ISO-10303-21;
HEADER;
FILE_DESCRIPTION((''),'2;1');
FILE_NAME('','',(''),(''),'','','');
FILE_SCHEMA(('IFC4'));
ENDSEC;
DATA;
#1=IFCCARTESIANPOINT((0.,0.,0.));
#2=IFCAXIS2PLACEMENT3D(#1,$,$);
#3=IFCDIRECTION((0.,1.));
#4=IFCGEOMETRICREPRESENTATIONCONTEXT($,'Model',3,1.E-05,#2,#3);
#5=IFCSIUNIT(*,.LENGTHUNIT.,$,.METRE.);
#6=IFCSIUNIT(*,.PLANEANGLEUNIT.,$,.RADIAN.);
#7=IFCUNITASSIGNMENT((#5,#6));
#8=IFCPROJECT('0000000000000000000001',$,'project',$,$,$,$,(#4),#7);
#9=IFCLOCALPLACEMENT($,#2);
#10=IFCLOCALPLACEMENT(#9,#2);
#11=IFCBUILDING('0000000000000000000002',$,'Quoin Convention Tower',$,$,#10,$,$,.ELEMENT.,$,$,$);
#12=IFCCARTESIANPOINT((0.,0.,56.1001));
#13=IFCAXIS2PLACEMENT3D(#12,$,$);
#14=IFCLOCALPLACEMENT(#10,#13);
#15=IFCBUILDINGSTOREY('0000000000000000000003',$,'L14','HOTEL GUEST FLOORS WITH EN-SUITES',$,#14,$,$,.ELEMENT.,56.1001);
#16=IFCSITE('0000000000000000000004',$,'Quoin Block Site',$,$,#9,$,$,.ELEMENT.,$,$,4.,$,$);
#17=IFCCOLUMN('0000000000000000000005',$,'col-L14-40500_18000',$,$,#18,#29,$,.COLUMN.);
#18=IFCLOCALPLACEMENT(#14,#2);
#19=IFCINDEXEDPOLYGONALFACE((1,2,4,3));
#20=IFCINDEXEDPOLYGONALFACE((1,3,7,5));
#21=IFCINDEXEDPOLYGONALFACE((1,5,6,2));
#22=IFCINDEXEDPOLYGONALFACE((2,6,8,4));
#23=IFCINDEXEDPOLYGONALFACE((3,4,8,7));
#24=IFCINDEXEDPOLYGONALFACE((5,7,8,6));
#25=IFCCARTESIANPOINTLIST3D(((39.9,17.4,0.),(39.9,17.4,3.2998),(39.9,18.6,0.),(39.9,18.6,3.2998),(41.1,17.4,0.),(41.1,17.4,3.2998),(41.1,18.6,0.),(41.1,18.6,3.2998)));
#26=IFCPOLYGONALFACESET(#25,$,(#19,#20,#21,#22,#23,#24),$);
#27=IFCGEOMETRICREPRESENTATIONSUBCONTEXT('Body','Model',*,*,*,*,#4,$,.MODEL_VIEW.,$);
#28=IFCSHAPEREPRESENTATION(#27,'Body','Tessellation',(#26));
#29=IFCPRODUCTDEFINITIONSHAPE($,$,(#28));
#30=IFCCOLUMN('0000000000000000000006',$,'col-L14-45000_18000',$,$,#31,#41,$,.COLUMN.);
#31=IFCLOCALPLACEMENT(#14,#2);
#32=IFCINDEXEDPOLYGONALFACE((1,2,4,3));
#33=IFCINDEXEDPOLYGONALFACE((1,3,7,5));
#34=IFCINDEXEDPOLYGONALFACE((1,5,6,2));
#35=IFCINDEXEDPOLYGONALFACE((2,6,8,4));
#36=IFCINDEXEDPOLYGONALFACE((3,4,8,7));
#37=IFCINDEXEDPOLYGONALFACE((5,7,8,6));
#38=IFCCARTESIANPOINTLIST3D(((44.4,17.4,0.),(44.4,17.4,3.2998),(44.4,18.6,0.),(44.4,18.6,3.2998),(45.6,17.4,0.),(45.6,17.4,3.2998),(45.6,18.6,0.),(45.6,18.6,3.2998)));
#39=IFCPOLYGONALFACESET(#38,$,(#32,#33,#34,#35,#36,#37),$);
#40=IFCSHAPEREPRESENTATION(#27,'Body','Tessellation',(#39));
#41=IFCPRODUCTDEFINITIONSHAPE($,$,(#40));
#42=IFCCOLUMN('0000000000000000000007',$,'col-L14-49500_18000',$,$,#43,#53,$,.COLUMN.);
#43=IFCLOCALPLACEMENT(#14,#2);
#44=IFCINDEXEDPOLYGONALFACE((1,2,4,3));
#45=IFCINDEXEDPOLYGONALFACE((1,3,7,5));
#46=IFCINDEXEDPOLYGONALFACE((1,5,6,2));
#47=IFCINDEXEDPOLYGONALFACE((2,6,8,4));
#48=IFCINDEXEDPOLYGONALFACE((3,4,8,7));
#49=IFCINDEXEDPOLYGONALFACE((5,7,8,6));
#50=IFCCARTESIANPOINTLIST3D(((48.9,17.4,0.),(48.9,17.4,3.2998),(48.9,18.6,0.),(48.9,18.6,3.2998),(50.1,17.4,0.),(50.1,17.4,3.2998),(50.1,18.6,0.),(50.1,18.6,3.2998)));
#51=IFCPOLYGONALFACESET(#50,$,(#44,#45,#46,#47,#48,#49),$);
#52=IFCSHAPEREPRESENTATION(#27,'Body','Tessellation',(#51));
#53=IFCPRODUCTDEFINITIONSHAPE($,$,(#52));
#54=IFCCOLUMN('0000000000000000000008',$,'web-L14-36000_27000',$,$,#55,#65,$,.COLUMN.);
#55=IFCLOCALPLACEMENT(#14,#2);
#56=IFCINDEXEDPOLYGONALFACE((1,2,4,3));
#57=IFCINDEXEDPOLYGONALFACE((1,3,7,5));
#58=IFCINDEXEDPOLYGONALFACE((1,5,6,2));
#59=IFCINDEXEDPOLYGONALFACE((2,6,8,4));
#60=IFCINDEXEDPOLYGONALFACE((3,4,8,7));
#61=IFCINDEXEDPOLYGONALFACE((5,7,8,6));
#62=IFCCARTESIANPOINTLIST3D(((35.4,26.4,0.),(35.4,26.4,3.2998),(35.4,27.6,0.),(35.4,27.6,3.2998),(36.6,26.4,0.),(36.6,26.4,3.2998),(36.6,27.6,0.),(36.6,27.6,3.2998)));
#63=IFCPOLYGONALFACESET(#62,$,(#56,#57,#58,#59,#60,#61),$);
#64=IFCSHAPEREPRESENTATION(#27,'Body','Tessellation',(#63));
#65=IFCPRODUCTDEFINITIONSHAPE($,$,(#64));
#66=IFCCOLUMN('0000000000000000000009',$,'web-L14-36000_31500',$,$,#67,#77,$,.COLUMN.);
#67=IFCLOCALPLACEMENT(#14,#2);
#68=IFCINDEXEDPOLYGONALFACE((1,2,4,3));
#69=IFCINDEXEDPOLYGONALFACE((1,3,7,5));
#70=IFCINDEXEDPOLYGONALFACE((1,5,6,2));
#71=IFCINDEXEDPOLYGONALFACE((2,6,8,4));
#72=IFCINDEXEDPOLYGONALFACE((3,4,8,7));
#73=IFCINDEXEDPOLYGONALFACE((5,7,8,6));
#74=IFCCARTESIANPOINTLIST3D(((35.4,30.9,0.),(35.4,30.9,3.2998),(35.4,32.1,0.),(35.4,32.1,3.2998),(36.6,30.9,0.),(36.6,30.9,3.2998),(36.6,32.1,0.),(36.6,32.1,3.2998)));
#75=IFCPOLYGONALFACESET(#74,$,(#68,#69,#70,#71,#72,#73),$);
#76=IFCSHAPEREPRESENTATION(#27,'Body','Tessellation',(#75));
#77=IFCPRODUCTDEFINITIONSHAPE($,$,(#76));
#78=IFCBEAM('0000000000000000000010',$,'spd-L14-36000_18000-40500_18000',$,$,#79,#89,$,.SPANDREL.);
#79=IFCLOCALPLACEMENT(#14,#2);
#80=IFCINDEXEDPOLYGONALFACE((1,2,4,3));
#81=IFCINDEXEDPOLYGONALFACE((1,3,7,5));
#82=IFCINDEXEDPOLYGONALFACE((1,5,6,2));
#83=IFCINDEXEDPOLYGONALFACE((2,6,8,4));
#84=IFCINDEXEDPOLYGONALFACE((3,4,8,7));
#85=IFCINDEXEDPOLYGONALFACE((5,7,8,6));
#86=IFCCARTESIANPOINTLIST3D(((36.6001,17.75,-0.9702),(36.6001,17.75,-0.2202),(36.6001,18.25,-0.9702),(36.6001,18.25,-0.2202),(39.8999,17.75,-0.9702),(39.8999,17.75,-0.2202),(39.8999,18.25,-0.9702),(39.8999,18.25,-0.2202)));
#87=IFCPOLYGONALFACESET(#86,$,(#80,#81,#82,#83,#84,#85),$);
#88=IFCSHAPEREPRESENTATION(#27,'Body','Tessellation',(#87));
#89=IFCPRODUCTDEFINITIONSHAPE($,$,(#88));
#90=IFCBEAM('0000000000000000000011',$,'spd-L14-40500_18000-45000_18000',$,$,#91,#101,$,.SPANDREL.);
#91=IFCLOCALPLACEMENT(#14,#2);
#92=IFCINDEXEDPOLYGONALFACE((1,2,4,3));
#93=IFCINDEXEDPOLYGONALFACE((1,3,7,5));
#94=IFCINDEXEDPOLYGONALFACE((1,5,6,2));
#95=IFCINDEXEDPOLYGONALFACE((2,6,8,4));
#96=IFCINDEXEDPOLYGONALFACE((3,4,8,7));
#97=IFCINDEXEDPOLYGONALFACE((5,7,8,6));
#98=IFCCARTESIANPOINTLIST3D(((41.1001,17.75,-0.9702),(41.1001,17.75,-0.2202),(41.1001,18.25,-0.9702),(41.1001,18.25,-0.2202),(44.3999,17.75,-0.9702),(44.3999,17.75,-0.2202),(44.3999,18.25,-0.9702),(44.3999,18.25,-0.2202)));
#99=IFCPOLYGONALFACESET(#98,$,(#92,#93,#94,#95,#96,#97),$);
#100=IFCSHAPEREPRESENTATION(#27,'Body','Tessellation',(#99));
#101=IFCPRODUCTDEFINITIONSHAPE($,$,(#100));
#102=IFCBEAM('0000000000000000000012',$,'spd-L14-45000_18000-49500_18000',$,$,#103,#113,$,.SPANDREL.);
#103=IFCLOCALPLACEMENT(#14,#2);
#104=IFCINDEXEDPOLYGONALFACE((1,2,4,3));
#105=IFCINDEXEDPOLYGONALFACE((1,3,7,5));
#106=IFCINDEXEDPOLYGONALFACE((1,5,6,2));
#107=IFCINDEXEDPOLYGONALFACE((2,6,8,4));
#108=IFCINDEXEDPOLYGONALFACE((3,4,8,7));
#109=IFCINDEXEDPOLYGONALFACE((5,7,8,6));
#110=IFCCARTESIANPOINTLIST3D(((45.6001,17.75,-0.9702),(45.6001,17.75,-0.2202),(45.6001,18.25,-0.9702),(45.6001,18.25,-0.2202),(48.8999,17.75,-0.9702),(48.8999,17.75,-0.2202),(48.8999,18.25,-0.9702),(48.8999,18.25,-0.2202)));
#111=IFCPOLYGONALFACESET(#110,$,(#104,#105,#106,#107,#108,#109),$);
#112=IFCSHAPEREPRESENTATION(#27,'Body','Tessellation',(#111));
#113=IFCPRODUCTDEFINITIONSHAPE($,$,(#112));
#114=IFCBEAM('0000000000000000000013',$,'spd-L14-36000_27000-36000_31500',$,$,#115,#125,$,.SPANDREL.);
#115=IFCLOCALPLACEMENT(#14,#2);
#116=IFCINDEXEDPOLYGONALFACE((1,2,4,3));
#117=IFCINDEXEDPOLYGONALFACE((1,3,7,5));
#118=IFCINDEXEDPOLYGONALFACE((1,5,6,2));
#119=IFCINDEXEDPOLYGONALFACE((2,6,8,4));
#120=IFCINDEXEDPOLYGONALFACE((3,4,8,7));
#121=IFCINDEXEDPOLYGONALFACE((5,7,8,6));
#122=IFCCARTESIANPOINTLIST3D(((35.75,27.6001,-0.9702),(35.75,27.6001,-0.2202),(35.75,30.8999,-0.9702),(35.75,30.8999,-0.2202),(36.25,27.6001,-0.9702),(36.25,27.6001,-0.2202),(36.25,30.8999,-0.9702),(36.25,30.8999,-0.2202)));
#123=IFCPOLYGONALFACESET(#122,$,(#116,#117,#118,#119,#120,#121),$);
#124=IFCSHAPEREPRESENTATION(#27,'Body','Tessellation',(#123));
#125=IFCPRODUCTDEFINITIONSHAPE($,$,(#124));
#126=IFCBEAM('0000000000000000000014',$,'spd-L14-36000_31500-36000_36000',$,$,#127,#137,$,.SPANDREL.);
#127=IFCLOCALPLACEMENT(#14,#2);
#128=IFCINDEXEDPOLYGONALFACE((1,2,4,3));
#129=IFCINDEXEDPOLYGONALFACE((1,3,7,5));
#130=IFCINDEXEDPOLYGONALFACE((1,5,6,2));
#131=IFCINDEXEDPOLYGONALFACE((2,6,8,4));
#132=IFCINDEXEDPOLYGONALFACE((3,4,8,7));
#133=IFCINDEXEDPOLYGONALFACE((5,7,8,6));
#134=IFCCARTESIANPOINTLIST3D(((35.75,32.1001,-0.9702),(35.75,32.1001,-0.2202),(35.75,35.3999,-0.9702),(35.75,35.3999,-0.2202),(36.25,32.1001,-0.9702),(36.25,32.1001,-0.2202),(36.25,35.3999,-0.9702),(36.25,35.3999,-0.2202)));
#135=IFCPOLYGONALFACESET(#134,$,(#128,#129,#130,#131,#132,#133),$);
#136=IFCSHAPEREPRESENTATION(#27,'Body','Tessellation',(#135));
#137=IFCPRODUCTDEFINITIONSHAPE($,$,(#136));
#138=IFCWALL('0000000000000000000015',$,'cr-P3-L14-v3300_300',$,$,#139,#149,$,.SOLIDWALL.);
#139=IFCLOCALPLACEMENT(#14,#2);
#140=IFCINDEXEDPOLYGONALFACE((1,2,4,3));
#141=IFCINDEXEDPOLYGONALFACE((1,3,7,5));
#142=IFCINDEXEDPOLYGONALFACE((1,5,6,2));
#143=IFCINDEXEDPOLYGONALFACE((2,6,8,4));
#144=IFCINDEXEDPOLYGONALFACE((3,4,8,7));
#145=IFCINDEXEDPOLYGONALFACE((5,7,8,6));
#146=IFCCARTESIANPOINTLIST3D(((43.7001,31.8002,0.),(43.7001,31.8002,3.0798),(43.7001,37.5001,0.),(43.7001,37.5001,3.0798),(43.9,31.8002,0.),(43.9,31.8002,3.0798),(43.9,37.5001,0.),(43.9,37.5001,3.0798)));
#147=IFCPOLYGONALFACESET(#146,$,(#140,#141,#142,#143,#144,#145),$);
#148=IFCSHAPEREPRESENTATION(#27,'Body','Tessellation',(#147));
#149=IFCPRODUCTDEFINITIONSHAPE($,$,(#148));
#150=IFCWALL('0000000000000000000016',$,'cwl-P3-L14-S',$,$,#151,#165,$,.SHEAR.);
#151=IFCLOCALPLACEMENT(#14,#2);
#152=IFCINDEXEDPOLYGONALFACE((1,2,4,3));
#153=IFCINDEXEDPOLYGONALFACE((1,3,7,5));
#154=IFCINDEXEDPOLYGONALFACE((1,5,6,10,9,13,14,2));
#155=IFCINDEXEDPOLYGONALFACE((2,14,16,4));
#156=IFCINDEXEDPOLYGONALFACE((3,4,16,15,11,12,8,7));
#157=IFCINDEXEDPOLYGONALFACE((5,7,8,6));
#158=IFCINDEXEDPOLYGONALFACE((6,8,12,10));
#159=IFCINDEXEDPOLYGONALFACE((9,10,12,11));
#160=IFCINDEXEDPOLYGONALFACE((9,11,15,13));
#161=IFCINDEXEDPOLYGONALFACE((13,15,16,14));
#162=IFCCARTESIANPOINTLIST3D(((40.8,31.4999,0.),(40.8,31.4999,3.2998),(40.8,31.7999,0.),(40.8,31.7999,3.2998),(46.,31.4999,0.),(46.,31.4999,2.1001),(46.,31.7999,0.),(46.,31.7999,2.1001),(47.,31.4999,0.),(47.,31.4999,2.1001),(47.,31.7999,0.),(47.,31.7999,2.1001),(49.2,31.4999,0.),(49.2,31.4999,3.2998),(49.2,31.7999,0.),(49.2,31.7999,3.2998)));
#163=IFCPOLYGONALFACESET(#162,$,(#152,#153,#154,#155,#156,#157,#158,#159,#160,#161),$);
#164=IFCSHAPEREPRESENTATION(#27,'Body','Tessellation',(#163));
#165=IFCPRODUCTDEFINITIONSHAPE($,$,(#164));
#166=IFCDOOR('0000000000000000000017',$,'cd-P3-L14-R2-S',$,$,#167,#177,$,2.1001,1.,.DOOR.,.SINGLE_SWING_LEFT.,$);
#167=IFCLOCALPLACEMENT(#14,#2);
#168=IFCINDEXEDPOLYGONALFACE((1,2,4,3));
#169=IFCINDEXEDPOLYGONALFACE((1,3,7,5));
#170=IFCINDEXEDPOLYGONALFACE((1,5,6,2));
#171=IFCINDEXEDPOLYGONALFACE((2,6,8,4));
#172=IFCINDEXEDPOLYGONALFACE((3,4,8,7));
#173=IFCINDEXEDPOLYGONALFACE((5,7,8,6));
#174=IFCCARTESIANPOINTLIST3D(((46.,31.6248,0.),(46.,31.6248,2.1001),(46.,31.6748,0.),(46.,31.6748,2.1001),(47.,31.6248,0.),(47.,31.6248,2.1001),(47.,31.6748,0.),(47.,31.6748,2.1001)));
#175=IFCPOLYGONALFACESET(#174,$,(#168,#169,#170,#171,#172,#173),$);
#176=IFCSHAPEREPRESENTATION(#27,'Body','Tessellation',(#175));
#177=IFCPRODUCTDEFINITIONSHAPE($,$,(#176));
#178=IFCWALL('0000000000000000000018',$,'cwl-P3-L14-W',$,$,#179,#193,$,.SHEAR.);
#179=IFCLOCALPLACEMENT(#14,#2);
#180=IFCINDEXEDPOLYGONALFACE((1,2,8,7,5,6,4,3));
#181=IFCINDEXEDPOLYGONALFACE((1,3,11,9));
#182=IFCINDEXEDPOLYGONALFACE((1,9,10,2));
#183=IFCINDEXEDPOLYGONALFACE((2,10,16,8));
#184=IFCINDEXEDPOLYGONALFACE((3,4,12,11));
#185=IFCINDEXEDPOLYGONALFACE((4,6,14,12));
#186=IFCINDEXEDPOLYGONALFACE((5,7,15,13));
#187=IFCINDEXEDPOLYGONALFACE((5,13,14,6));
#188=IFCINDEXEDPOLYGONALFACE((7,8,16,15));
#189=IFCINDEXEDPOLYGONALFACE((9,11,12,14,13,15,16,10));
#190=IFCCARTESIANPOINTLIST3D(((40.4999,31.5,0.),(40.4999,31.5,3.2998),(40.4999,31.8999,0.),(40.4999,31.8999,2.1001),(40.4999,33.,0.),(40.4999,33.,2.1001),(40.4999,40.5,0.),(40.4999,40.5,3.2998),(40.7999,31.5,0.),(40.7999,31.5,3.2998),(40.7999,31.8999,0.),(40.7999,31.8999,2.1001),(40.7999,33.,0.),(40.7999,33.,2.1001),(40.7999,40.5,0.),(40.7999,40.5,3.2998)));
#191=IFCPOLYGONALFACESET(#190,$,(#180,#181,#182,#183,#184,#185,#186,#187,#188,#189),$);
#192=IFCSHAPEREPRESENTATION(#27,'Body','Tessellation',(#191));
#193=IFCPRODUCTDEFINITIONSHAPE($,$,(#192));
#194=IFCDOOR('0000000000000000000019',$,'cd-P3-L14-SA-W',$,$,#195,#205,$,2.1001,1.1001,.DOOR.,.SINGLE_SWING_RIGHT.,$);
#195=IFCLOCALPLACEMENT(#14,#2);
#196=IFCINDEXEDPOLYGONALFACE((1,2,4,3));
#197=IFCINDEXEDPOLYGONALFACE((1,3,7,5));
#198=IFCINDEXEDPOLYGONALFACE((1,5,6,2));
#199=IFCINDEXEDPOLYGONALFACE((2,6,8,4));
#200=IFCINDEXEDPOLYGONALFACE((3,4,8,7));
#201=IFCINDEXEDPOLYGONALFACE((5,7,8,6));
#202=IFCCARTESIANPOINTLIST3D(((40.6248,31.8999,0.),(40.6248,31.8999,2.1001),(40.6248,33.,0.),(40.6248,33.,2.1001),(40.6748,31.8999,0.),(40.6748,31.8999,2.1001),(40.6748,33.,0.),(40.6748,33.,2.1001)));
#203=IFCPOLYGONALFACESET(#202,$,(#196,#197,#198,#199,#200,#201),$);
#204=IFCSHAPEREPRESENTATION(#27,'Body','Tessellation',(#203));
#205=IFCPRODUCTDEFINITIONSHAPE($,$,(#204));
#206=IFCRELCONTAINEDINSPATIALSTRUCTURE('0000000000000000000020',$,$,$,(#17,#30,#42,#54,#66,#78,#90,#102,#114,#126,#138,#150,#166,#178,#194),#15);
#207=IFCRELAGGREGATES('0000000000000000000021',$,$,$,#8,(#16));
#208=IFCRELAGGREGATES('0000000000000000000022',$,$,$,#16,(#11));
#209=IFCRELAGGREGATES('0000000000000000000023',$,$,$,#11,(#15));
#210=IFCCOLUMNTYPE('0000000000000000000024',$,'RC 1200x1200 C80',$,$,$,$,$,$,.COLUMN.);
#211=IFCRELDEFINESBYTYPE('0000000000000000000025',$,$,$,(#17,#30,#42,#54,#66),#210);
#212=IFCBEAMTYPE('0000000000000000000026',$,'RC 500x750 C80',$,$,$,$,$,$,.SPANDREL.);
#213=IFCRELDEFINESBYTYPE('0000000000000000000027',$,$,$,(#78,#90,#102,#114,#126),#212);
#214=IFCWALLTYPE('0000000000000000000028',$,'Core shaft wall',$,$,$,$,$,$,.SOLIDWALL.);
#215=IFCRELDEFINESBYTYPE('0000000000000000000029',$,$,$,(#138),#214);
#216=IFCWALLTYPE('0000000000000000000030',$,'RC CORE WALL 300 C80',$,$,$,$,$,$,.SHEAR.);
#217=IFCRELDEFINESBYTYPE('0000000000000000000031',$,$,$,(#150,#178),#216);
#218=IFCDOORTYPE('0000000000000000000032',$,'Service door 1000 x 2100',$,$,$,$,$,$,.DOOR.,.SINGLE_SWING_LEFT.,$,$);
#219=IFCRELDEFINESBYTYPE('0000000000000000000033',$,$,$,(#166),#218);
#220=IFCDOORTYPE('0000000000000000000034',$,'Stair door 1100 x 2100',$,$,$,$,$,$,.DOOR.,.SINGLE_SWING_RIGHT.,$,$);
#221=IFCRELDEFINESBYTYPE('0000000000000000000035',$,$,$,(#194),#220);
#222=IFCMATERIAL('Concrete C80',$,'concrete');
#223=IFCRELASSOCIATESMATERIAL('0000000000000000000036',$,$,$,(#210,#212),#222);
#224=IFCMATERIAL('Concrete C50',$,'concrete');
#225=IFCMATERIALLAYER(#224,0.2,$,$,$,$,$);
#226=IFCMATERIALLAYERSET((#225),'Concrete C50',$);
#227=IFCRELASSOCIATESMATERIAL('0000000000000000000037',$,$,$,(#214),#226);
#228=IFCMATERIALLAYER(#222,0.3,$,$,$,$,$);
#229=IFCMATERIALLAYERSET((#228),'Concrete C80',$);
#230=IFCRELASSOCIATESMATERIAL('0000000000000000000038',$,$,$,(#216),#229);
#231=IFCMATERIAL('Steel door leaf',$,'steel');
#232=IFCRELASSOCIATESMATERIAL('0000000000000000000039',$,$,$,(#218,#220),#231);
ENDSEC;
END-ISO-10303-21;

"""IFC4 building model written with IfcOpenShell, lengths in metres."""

from ifc_helpers import new_model, si_unit, direction, frame, frame_2d, origin, origin_2d, place, context, subcontext, project, spatial, rectangle, extrude, material, layer, layer_set, material_profile, profile_set, type_object, element, fill, save


model = new_model("IFC4")

# Units and contexts
model_context = context("Model", 3, precision=1e-05, world=origin(), true_north=direction((0.0, 1.0)))
body_context = subcontext(model_context, "Body", "Model", "MODEL_VIEW")
ifc_project = project(units=[si_unit("LENGTHUNIT", "METRE"), si_unit("PLANEANGLEUNIT", "RADIAN")], contexts=[model_context])

# Site, building, storey
site_placement = place(None, origin())
site = spatial("IfcSite", under=ifc_project, at=site_placement, Name="Quoin Block Site", CompositionType="ELEMENT", RefElevation=4.0)
building_placement = place(site_placement, origin())
building = spatial("IfcBuilding", under=site, at=building_placement, Name="Quoin Convention Tower", CompositionType="ELEMENT")
storey_placement = place(building_placement, frame((0.0, 0.0, 56.1001)))
storey = spatial("IfcBuildingStorey", under=building, at=storey_placement, Name="L14", Description="HOTEL GUEST FLOORS WITH EN-SUITES", CompositionType="ELEMENT", Elevation=56.1001)

# Columns
ifc_material_1 = material(Name="Concrete C80", Category="concrete")
ifc_material_profile_1 = material_profile(ifc_material_1, rectangle(XDim=1.2, YDim=1.2, at=origin_2d()), Name="RC 1200x1200")
ifc_profile_set_1 = profile_set([ifc_material_profile_1], Name="Concrete C80")
column_type = type_object("IfcColumnType", Name="RC 1200x1200 C80", PredefinedType="COLUMN", material=ifc_profile_set_1)
for number, where, z_axis, x_axis, name in (
    (1, (40.5, 18.0, 0.0), (0.0, 0.0, 1.0), (1.0, 0.0, 0.0), "col-L14-40500_18000"),
    (2, (45.0, 18.0, 0.0), (0.0, 0.0, 1.0), (1.0, 0.0, 0.0), "col-L14-45000_18000"),
    (3, (49.5, 18.0, 0.0), (0.0, 0.0, 1.0), (1.0, 0.0, 0.0), "col-L14-49500_18000"),
    (4, (36.0, 27.0, 0.0), (0.0, 0.0, 1.0), (1.0, 0.0, 0.0), "web-L14-36000_27000"),
    (5, (36.0, 31.5, 0.0), (0.0, 0.0, 1.0), (1.0, 0.0, 0.0), "web-L14-36000_31500"),
):
    element("IfcColumn", number, at=place(storey_placement, frame(where, z_axis=z_axis, x_axis=x_axis)), inside=storey, type_object=column_type, Name=name, PredefinedType="COLUMN", context=body_context, shape_type="SweptSolid", body=[
        extrude(rectangle(XDim=1.2, YDim=1.2, at=origin_2d()), origin(), (0.0, 0.0, 1.0), 3.2998),
    ])

# Beams
ifc_material_profile_2 = material_profile(ifc_material_1, rectangle(XDim=0.5, YDim=0.75, at=origin_2d()), Name="RC 500x750")
ifc_profile_set_2 = profile_set([ifc_material_profile_2], Name="Concrete C80")
beam_type = type_object("IfcBeamType", Name="RC 500x750 C80", PredefinedType="SPANDREL", material=ifc_profile_set_2)
for number, where, z_axis, x_axis, name in (
    (6, (36.6001, 18.0, -0.5952), (1.0, 0.0, 0.0), (0.0, 1.0, 0.0), "spd-L14-36000_18000-40500_18000"),
    (7, (41.1001, 18.0, -0.5952), (1.0, 0.0, 0.0), (0.0, 1.0, 0.0), "spd-L14-40500_18000-45000_18000"),
    (8, (45.6001, 18.0, -0.5952), (1.0, 0.0, 0.0), (0.0, 1.0, 0.0), "spd-L14-45000_18000-49500_18000"),
    (9, (36.0, 27.6001, -0.5952), (0.0, 1.0, 0.0), (-1.0, 0.0, 0.0), "spd-L14-36000_27000-36000_31500"),
    (10, (36.0, 32.1001, -0.5952), (0.0, 1.0, 0.0), (-1.0, 0.0, 0.0), "spd-L14-36000_31500-36000_36000"),
):
    element("IfcBeam", number, at=place(storey_placement, frame(where, z_axis=z_axis, x_axis=x_axis)), inside=storey, type_object=beam_type, Name=name, PredefinedType="SPANDREL", context=body_context, shape_type="SweptSolid", body=[
        extrude(rectangle(XDim=0.5, YDim=0.75, at=origin_2d()), origin(), (0.0, 0.0, 1.0), 3.2998),
    ])

# Wall
ifc_material_2 = material(Name="Concrete C50", Category="concrete")
ifc_layer_1 = layer(ifc_material_2, 0.2)
ifc_layer_set_1 = layer_set([ifc_layer_1], Name="Concrete C50")
wall_type_1 = type_object("IfcWallType", Name="Core shaft wall", PredefinedType="SOLIDWALL", material=ifc_layer_set_1)
wall_1_placement = place(storey_placement, frame((43.8, 31.8, 0.0), z_axis=(0.0, 0.0, 1.0), x_axis=(0.0, 1.0, 0.0)))
element("IfcWall", 11, at=wall_1_placement, inside=storey, type_object=wall_type_1, Name="cr-P3-L14-v3300_300", PredefinedType="SOLIDWALL", context=body_context, shape_type="SweptSolid", body=[
    extrude(rectangle(XDim=5.7, YDim=0.2, at=frame_2d((2.8501, 0.0))), origin(), (0.0, 0.0, 1.0), 3.0798),
])

# Walls, openings, doors
ifc_layer_2 = layer(ifc_material_1, 0.3)
ifc_layer_set_2 = layer_set([ifc_layer_2], Name="Concrete C80")
wall_type_2 = type_object("IfcWallType", Name="RC CORE WALL 300 C80", PredefinedType="SHEAR", material=ifc_layer_set_2)
wall_2_placement = place(storey_placement, frame((40.8, 31.6499, 0.0), z_axis=(0.0, 0.0, 1.0), x_axis=(1.0, 0.0, 0.0)))
wall_2 = element("IfcWall", 12, at=wall_2_placement, inside=storey, type_object=wall_type_2, Name="cwl-P3-L14-S", PredefinedType="SHEAR", context=body_context, shape_type="SweptSolid", body=[
    extrude(rectangle(XDim=8.3999, YDim=0.3, at=frame_2d((4.2, 0.0))), origin(), (0.0, 0.0, 1.0), 3.2998),
])
opening_1_placement = place(wall_2_placement, frame((5.2, 0.0, 0.0)))
opening_1 = element("IfcOpeningElement", 13, at=opening_1_placement, cuts=wall_2, PredefinedType="OPENING", context=body_context, shape_type="SweptSolid", body=[
    extrude(rectangle(XDim=1.0, YDim=2.1001, at=frame_2d((0.5, 1.05))), frame((0.0, 0.1599, 0.0), z_axis=(0.0, -1.0, 0.0), x_axis=(1.0, 0.0, 0.0)), (0.0, 0.0, 1.0), 0.3201),
])
ifc_material_3 = material(Name="Steel door leaf", Category="steel")
door_type_1 = type_object("IfcDoorType", Name="Service door 1000 x 2100", OperationType="SINGLE_SWING_LEFT", PredefinedType="DOOR", material=ifc_material_3)
door_1_placement = place(opening_1_placement, origin())
door_1 = element("IfcDoor", 14, at=door_1_placement, inside=storey, type_object=door_type_1, Name="cd-P3-L14-R2-S", OperationType="SINGLE_SWING_LEFT", OverallHeight=2.1001, OverallWidth=1.0, PredefinedType="DOOR", context=body_context, shape_type="SweptSolid", body=[
    extrude(rectangle(XDim=1.0, YDim=2.1001, at=frame_2d((0.5, 1.05))), frame((0.0, 0.0249, 0.0), z_axis=(0.0, -1.0, 0.0), x_axis=(1.0, 0.0, 0.0)), (0.0, 0.0, 1.0), 0.05),
])
fill(opening_1, door_1)
wall_3_placement = place(storey_placement, frame((40.6499, 31.5, 0.0), z_axis=(0.0, 0.0, 1.0), x_axis=(0.0, 1.0, 0.0)))
wall_3 = element("IfcWall", 15, at=wall_3_placement, inside=storey, type_object=wall_type_2, Name="cwl-P3-L14-W", PredefinedType="SHEAR", context=body_context, shape_type="SweptSolid", body=[
    extrude(rectangle(XDim=9.0, YDim=0.3, at=frame_2d((4.5, 0.0))), origin(), (0.0, 0.0, 1.0), 3.2998),
])
opening_2_placement = place(wall_3_placement, frame((0.3999, 0.0, 0.0)))
opening_2 = element("IfcOpeningElement", 16, at=opening_2_placement, cuts=wall_3, PredefinedType="OPENING", context=body_context, shape_type="SweptSolid", body=[
    extrude(rectangle(XDim=1.1001, YDim=2.1001, at=frame_2d((0.55, 1.05))), frame((0.0, 0.1599, 0.0), z_axis=(0.0, -1.0, 0.0), x_axis=(1.0, 0.0, 0.0)), (0.0, 0.0, 1.0), 0.3201),
])
door_type_2 = type_object("IfcDoorType", Name="Stair door 1100 x 2100", OperationType="SINGLE_SWING_RIGHT", PredefinedType="DOOR", material=ifc_material_3)
door_2_placement = place(opening_2_placement, frame((1.1001, 0.0, 0.0), z_axis=(0.0, 0.0, 1.0), x_axis=(-1.0, 0.0, 0.0)))
door_2 = element("IfcDoor", 17, at=door_2_placement, inside=storey, type_object=door_type_2, Name="cd-P3-L14-SA-W", OperationType="SINGLE_SWING_RIGHT", OverallHeight=2.1001, OverallWidth=1.1001, PredefinedType="DOOR", context=body_context, shape_type="SweptSolid", body=[
    extrude(rectangle(XDim=1.1001, YDim=2.1001, at=frame_2d((0.55, 1.05))), frame((0.0, 0.0249, 0.0), z_axis=(0.0, -1.0, 0.0), x_axis=(1.0, 0.0, 0.0)), (0.0, 0.0, 1.0), 0.05),
])
fill(opening_2, door_2)

save(model, "model.ifc")
